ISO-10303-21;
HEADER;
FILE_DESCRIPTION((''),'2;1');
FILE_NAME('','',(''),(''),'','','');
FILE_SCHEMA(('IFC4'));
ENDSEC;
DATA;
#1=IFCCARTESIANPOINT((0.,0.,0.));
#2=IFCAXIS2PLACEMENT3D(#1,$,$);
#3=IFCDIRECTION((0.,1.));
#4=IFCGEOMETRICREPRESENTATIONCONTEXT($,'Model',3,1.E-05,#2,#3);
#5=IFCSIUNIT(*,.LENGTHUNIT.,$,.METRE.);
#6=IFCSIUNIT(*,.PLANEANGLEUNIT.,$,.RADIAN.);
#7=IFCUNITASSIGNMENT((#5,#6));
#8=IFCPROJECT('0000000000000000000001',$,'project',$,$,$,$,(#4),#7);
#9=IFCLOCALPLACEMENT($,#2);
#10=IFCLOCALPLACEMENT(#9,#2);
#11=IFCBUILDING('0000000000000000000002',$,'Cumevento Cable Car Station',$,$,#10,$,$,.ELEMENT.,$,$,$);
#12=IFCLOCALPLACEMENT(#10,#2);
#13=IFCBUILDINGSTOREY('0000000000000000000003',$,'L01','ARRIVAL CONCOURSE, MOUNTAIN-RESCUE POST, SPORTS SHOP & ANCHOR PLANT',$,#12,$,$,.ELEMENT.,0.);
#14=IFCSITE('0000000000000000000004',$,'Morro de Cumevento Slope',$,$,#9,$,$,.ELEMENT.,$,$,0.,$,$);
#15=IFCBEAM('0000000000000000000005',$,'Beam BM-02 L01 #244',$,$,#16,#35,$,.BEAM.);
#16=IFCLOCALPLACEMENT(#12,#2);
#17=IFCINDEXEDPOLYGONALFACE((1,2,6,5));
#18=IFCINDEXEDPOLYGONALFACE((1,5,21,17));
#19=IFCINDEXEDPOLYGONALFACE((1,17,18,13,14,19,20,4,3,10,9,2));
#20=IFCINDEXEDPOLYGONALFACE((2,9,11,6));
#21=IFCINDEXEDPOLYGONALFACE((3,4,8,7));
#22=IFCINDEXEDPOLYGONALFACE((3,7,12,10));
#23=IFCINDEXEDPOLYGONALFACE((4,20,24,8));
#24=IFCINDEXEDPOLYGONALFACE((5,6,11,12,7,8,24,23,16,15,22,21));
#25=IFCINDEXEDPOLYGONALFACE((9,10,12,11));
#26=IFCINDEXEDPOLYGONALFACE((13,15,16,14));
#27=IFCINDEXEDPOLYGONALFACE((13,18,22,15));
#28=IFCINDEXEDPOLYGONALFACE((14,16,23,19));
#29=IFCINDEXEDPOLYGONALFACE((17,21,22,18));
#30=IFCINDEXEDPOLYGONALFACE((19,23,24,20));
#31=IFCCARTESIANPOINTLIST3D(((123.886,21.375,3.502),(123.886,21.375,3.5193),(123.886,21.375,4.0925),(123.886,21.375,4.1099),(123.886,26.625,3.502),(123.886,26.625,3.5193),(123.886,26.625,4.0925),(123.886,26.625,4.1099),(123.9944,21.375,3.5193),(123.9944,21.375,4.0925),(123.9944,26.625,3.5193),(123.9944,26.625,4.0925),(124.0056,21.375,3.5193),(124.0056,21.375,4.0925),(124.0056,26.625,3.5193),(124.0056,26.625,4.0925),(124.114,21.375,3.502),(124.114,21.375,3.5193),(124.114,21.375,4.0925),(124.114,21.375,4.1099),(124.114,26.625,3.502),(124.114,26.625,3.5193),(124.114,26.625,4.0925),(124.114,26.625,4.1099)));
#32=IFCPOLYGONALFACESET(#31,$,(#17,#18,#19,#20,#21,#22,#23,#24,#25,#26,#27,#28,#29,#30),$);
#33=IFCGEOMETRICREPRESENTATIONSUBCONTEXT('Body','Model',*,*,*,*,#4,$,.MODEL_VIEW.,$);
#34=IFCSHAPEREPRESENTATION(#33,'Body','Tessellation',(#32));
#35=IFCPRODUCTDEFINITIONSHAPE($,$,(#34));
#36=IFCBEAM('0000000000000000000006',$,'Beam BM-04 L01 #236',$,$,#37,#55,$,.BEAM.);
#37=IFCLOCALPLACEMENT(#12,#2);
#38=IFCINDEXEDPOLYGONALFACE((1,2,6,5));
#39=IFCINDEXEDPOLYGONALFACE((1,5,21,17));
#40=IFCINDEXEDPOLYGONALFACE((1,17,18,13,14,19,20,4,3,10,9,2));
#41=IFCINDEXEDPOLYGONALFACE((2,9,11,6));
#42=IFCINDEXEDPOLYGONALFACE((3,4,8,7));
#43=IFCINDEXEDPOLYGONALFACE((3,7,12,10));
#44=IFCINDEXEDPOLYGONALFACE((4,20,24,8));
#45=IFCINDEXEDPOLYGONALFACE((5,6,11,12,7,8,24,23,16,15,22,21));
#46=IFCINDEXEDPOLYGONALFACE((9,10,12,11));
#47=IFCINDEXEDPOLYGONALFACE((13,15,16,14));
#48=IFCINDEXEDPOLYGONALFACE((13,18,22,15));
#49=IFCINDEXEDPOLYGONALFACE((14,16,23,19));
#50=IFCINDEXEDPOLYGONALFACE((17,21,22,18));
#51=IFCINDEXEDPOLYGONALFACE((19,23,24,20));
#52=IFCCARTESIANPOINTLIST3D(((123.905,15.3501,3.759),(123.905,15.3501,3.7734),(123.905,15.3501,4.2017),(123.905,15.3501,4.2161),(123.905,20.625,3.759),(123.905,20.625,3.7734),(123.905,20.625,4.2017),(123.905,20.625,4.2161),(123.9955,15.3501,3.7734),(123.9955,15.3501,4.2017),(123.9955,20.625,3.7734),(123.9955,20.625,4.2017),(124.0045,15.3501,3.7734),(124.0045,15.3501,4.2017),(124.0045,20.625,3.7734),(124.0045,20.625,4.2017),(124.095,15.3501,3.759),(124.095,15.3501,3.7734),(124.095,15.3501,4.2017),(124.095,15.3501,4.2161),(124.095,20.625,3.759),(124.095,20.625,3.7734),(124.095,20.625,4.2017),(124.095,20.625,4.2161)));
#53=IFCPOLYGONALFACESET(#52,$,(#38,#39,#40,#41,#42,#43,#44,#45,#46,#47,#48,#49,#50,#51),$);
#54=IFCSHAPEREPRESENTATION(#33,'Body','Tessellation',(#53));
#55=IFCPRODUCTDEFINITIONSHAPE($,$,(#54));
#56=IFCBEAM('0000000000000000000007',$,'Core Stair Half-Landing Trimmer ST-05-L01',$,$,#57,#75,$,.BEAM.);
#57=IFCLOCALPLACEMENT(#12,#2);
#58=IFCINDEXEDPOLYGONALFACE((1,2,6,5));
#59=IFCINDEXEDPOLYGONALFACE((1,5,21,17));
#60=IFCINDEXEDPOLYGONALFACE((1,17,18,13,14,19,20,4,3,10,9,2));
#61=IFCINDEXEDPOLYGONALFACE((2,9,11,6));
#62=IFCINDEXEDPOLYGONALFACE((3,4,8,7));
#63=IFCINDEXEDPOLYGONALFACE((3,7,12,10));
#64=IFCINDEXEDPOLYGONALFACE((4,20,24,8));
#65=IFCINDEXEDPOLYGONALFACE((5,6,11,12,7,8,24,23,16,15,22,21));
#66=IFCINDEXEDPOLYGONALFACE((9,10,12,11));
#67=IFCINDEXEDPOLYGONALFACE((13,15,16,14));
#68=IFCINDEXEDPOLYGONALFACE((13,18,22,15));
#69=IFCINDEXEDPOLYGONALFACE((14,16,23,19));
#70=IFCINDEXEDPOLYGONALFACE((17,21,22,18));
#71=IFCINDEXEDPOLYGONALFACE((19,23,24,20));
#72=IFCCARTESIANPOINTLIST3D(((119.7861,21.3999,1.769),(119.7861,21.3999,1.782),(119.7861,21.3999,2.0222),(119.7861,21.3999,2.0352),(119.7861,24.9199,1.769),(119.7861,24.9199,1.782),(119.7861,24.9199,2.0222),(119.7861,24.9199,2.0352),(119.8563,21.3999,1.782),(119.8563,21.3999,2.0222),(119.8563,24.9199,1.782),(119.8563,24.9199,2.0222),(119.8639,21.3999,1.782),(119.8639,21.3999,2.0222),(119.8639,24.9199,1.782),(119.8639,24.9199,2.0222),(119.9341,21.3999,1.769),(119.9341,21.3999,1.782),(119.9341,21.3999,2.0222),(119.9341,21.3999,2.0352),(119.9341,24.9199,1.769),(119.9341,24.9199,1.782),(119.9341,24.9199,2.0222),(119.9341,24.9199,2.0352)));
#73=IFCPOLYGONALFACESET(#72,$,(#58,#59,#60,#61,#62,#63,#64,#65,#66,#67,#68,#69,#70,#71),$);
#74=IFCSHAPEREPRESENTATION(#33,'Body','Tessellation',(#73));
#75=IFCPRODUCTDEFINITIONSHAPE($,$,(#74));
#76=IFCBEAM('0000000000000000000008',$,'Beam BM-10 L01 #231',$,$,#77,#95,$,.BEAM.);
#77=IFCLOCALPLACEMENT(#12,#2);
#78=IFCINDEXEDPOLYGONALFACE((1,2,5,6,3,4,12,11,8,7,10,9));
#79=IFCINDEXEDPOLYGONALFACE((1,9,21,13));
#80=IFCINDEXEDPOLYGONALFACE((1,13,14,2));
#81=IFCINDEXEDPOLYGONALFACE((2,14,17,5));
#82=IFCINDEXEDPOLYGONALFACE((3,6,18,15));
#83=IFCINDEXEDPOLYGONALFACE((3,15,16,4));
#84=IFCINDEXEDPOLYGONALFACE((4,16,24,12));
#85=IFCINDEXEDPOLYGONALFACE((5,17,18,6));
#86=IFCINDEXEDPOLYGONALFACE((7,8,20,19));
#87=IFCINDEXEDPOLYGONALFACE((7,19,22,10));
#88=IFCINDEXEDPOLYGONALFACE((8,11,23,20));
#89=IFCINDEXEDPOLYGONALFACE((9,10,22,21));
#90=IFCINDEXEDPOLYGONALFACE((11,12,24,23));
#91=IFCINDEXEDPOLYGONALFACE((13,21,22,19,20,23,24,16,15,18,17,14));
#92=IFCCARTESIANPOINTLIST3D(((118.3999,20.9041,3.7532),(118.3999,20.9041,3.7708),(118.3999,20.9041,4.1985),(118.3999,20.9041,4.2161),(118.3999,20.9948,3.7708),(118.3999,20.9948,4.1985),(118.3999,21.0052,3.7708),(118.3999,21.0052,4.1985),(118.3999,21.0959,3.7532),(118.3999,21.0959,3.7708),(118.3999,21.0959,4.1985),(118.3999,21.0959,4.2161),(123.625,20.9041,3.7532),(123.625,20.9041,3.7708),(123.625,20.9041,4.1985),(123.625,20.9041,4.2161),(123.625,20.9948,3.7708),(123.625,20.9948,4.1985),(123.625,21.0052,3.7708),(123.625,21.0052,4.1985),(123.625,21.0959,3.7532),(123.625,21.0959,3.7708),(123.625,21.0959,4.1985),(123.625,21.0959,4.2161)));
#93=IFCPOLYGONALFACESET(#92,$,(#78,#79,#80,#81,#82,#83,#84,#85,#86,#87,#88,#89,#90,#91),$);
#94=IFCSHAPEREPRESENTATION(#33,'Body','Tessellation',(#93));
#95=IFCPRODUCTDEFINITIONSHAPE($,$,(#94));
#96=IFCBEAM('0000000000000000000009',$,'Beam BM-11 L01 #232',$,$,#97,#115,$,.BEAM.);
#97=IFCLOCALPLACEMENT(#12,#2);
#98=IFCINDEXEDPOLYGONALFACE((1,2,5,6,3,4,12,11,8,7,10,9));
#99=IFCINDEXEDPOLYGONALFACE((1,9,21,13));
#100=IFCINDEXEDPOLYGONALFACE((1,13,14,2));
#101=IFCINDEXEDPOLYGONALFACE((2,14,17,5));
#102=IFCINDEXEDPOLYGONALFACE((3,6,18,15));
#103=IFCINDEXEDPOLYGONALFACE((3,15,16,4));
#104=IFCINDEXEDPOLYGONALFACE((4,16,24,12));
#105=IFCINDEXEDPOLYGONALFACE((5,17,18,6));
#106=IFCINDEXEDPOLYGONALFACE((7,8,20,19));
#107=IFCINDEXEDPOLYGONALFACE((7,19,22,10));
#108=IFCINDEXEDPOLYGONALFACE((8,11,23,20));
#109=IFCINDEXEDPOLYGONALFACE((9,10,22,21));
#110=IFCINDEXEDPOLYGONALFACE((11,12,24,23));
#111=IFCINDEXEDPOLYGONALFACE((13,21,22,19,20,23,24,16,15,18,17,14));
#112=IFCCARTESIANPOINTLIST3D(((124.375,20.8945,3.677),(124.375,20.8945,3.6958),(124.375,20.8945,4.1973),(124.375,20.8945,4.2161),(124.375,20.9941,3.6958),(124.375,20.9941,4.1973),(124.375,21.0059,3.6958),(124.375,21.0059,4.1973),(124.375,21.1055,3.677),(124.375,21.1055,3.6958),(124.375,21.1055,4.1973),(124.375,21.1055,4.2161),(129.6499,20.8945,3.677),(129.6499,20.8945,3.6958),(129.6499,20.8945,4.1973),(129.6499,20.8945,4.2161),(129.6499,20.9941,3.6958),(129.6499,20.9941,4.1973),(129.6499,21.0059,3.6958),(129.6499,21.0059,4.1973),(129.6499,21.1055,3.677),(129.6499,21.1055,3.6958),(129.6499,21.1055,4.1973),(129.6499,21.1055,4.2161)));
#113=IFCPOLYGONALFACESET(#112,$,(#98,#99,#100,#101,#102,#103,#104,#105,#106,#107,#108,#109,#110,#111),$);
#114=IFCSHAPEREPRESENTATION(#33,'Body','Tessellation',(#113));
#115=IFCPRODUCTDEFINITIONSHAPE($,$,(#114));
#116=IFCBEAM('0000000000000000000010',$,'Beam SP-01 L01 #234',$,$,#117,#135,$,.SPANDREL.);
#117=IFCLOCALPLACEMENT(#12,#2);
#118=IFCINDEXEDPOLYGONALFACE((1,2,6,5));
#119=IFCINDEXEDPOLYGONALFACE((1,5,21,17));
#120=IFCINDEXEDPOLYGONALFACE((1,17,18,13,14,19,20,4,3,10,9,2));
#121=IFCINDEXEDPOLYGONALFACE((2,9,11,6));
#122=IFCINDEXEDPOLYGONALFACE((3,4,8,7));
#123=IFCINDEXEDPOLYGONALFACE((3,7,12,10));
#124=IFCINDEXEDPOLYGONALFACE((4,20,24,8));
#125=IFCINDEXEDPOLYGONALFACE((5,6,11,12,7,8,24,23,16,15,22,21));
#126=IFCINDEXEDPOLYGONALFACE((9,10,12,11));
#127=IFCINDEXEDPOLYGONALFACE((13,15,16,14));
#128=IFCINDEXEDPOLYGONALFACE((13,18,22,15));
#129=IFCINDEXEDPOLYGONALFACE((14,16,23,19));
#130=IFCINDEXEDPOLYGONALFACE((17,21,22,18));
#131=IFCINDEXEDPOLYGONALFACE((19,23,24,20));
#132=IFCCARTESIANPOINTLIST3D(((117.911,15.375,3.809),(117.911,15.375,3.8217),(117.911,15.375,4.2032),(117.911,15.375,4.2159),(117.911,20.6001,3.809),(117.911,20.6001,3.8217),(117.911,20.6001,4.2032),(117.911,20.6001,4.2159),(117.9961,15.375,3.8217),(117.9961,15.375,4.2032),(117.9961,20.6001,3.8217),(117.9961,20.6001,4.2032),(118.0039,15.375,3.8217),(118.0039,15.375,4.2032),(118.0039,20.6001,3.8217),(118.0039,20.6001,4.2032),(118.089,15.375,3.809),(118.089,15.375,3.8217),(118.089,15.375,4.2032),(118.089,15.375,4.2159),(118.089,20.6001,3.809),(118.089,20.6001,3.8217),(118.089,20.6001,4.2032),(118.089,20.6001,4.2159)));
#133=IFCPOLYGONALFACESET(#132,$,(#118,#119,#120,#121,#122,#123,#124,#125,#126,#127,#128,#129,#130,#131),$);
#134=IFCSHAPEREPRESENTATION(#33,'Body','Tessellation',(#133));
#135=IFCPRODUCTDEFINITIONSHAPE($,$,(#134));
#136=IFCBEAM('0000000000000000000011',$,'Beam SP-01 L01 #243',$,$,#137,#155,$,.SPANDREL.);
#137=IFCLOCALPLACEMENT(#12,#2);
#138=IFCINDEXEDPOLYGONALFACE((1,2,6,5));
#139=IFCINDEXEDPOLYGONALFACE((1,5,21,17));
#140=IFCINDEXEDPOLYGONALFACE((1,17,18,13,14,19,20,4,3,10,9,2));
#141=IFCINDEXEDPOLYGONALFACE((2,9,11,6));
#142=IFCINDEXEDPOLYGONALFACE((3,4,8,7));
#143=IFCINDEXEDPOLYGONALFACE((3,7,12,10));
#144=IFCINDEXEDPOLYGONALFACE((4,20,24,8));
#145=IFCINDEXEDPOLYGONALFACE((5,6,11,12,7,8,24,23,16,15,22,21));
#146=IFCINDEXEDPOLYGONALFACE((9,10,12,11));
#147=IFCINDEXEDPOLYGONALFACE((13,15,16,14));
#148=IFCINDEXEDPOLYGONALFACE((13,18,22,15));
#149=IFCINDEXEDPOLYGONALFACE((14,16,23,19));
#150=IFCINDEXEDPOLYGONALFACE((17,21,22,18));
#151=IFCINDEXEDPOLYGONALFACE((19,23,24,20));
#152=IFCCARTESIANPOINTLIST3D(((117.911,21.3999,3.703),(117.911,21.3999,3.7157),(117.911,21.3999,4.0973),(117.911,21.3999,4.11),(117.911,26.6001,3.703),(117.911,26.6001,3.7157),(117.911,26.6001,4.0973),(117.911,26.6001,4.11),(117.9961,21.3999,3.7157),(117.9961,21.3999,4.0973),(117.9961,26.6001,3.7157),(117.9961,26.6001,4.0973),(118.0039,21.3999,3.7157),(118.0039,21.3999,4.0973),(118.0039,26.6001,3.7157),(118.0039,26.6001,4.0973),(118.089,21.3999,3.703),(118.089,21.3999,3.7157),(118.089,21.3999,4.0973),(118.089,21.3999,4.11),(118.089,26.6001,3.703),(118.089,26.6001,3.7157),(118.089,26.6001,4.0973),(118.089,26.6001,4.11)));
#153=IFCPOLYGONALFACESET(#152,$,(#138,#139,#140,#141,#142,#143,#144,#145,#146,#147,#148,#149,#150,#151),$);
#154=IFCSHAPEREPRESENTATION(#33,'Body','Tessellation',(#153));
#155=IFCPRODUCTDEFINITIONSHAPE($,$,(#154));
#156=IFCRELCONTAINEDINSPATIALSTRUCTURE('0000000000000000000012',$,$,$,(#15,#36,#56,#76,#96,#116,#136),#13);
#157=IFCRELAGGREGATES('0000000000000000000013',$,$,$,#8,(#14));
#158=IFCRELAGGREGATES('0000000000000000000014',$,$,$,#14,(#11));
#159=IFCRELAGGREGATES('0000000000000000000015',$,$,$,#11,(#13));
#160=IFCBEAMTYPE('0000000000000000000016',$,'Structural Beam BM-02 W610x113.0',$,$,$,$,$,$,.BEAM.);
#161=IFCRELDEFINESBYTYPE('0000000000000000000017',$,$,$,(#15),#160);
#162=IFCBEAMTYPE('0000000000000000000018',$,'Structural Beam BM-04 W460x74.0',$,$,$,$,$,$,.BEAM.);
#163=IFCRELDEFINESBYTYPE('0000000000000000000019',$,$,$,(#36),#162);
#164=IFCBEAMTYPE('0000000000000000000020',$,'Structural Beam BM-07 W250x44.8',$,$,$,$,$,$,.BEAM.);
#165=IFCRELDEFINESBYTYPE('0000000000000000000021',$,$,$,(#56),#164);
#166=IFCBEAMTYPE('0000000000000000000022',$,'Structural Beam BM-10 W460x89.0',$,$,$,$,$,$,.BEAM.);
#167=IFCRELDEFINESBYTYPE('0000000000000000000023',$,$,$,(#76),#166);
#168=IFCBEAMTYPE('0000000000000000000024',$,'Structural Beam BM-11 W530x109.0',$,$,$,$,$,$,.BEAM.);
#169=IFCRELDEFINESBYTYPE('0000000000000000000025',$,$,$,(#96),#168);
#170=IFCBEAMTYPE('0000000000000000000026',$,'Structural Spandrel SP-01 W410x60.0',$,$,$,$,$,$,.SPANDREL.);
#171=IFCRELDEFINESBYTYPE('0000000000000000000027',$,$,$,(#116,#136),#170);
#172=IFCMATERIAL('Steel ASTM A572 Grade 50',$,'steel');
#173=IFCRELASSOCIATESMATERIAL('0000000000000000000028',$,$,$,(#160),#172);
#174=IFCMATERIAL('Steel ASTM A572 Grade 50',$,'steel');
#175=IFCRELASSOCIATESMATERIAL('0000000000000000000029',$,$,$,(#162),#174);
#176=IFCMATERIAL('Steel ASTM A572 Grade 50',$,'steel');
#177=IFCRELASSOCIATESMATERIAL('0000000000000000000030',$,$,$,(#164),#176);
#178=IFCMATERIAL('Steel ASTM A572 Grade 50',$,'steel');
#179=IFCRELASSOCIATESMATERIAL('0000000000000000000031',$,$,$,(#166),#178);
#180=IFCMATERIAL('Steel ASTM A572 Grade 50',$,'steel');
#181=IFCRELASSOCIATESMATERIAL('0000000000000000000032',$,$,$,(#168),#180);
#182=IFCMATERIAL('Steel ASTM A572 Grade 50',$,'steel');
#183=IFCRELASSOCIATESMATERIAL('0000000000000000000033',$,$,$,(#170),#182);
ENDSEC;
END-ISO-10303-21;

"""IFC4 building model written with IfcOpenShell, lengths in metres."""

from ifc_helpers import new_model, si_unit, direction, frame, origin, origin_2d, place, context, subcontext, project, spatial, i_section, extrude, material, material_profile, profile_set, type_object, element, save


model = new_model("IFC4")

# Units and contexts
model_context = context("Model", 3, precision=1e-05, world=origin(), true_north=direction((0.0, 1.0)))
body_context = subcontext(model_context, "Body", "Model", "MODEL_VIEW")
ifc_project = project(units=[si_unit("LENGTHUNIT", "METRE"), si_unit("PLANEANGLEUNIT", "RADIAN")], contexts=[model_context])

# Site, building, storey
site_placement = place(None, origin())
site = spatial("IfcSite", under=ifc_project, at=site_placement, Name="Morro de Cumevento Slope", CompositionType="ELEMENT", RefElevation=0.0)
building_placement = place(site_placement, origin())
building = spatial("IfcBuilding", under=site, at=building_placement, Name="Cumevento Cable Car Station", CompositionType="ELEMENT")
storey_placement = place(building_placement, origin())
storey = spatial("IfcBuildingStorey", under=building, at=storey_placement, Name="L01", Description="ARRIVAL CONCOURSE, MOUNTAIN-RESCUE POST, SPORTS SHOP & ANCHOR PLANT", CompositionType="ELEMENT", Elevation=0.0)

# Beams
ifc_material_1 = material(Name="Steel ASTM A572 Grade 50", Category="steel")
ifc_material_profile_1 = material_profile(ifc_material_1, i_section(OverallWidth=0.228, OverallDepth=0.6079, WebThickness=0.0112, FlangeThickness=0.0173, at=origin_2d()), Name="W610x113.0")
ifc_profile_set_1 = profile_set([ifc_material_profile_1], Name="Steel ASTM A572 Grade 50")
beam_type_1 = type_object("IfcBeamType", Name="Structural Beam BM-02 W610x113.0", PredefinedType="BEAM", material=ifc_profile_set_1)
beam_1_placement = place(storey_placement, frame((124.0, 21.375, 3.8059), z_axis=(0.0, 1.0, 0.0), x_axis=(-1.0, 0.0, 0.0)))
element("IfcBeam", 1, at=beam_1_placement, inside=storey, type_object=beam_type_1, Name="Beam BM-02 L01 #244", PredefinedType="BEAM", context=body_context, shape_type="SweptSolid", body=[
    extrude(i_section(OverallWidth=0.228, OverallDepth=0.6079, WebThickness=0.0112, FlangeThickness=0.0173, at=origin_2d()), origin(), (0.0, 0.0, 1.0), 5.25),
])
ifc_material_2 = material(Name="Steel ASTM A572 Grade 50", Category="steel")
ifc_material_profile_2 = material_profile(ifc_material_2, i_section(OverallWidth=0.1899, OverallDepth=0.457, WebThickness=0.009, FlangeThickness=0.0144, at=origin_2d()), Name="W460x74.0")
ifc_profile_set_2 = profile_set([ifc_material_profile_2], Name="Steel ASTM A572 Grade 50")
beam_type_2 = type_object("IfcBeamType", Name="Structural Beam BM-04 W460x74.0", PredefinedType="BEAM", material=ifc_profile_set_2)
beam_2_placement = place(storey_placement, frame((124.0, 15.3501, 3.9875), z_axis=(0.0, 1.0, 0.0), x_axis=(-1.0, 0.0, 0.0)))
element("IfcBeam", 2, at=beam_2_placement, inside=storey, type_object=beam_type_2, Name="Beam BM-04 L01 #236", PredefinedType="BEAM", context=body_context, shape_type="SweptSolid", body=[
    extrude(i_section(OverallWidth=0.1899, OverallDepth=0.457, WebThickness=0.009, FlangeThickness=0.0144, at=origin_2d()), origin(), (0.0, 0.0, 1.0), 5.2749),
])
ifc_material_3 = material(Name="Steel ASTM A572 Grade 50", Category="steel")
ifc_material_profile_3 = material_profile(ifc_material_3, i_section(OverallWidth=0.1479, OverallDepth=0.2661, WebThickness=0.0076, FlangeThickness=0.0129, at=origin_2d()), Name="W250x44.8")
ifc_profile_set_3 = profile_set([ifc_material_profile_3], Name="Steel ASTM A572 Grade 50")
beam_type_3 = type_object("IfcBeamType", Name="Structural Beam BM-07 W250x44.8", PredefinedType="BEAM", material=ifc_profile_set_3)
beam_3_placement = place(storey_placement, frame((119.8601, 21.3999, 1.9021), z_axis=(0.0, 1.0, 0.0), x_axis=(-1.0, 0.0, 0.0)))
element("IfcBeam", 3, at=beam_3_placement, inside=storey, type_object=beam_type_3, Name="Core Stair Half-Landing Trimmer ST-05-L01", PredefinedType="BEAM", context=body_context, shape_type="SweptSolid", body=[
    extrude(i_section(OverallWidth=0.1479, OverallDepth=0.2661, WebThickness=0.0076, FlangeThickness=0.0129, at=origin_2d()), origin(), (0.0, 0.0, 1.0), 3.52),
])
ifc_material_4 = material(Name="Steel ASTM A572 Grade 50", Category="steel")
ifc_material_profile_4 = material_profile(ifc_material_4, i_section(OverallWidth=0.1919, OverallDepth=0.4629, WebThickness=0.0105, FlangeThickness=0.0176, at=origin_2d()), Name="W460x89.0")
ifc_profile_set_4 = profile_set([ifc_material_profile_4], Name="Steel ASTM A572 Grade 50")
beam_type_4 = type_object("IfcBeamType", Name="Structural Beam BM-10 W460x89.0", PredefinedType="BEAM", material=ifc_profile_set_4)
beam_4_placement = place(storey_placement, frame((118.3999, 21.0, 3.9846), z_axis=(1.0, 0.0, 0.0), x_axis=(0.0, 1.0, 0.0)))
element("IfcBeam", 4, at=beam_4_placement, inside=storey, type_object=beam_type_4, Name="Beam BM-10 L01 #231", PredefinedType="BEAM", context=body_context, shape_type="SweptSolid", body=[
    extrude(i_section(OverallWidth=0.1919, OverallDepth=0.4629, WebThickness=0.0105, FlangeThickness=0.0176, at=origin_2d()), origin(), (0.0, 0.0, 1.0), 5.2251),
])
ifc_material_5 = material(Name="Steel ASTM A572 Grade 50", Category="steel")
ifc_material_profile_5 = material_profile(ifc_material_5, i_section(OverallWidth=0.2109, OverallDepth=0.5391, WebThickness=0.0117, FlangeThickness=0.0188, at=origin_2d()), Name="W530x109.0")
ifc_profile_set_5 = profile_set([ifc_material_profile_5], Name="Steel ASTM A572 Grade 50")
beam_type_5 = type_object("IfcBeamType", Name="Structural Beam BM-11 W530x109.0", PredefinedType="BEAM", material=ifc_profile_set_5)
beam_5_placement = place(storey_placement, frame((124.375, 21.0, 3.9465), z_axis=(1.0, 0.0, 0.0), x_axis=(0.0, 1.0, 0.0)))
element("IfcBeam", 5, at=beam_5_placement, inside=storey, type_object=beam_type_5, Name="Beam BM-11 L01 #232", PredefinedType="BEAM", context=body_context, shape_type="SweptSolid", body=[
    extrude(i_section(OverallWidth=0.2109, OverallDepth=0.5391, WebThickness=0.0117, FlangeThickness=0.0188, at=origin_2d()), origin(), (0.0, 0.0, 1.0), 5.2749),
])
ifc_material_6 = material(Name="Steel ASTM A572 Grade 50", Category="steel")
ifc_material_profile_6 = material_profile(ifc_material_6, i_section(OverallWidth=0.178, OverallDepth=0.407, WebThickness=0.0078, FlangeThickness=0.0127, at=origin_2d()), Name="W410x60.0")
ifc_profile_set_6 = profile_set([ifc_material_profile_6], Name="Steel ASTM A572 Grade 50")
beam_type_6 = type_object("IfcBeamType", Name="Structural Spandrel SP-01 W410x60.0", PredefinedType="SPANDREL", material=ifc_profile_set_6)
beam_6_placement = place(storey_placement, frame((118.0, 15.375, 4.0125), z_axis=(0.0, 1.0, 0.0), x_axis=(-1.0, 0.0, 0.0)))
element("IfcBeam", 6, at=beam_6_placement, inside=storey, type_object=beam_type_6, Name="Beam SP-01 L01 #234", PredefinedType="SPANDREL", context=body_context, shape_type="SweptSolid", body=[
    extrude(i_section(OverallWidth=0.178, OverallDepth=0.407, WebThickness=0.0078, FlangeThickness=0.0127, at=origin_2d()), origin(), (0.0, 0.0, 1.0), 5.2251),
])
beam_7_placement = place(storey_placement, frame((118.0, 21.3999, 3.9065), z_axis=(0.0, 1.0, 0.0), x_axis=(-1.0, 0.0, 0.0)))
element("IfcBeam", 7, at=beam_7_placement, inside=storey, type_object=beam_type_6, Name="Beam SP-01 L01 #243", PredefinedType="SPANDREL", context=body_context, shape_type="SweptSolid", body=[
    extrude(i_section(OverallWidth=0.178, OverallDepth=0.407, WebThickness=0.0078, FlangeThickness=0.0127, at=origin_2d()), origin(), (0.0, 0.0, 1.0), 5.2002),
])

save(model, "model.ifc")
